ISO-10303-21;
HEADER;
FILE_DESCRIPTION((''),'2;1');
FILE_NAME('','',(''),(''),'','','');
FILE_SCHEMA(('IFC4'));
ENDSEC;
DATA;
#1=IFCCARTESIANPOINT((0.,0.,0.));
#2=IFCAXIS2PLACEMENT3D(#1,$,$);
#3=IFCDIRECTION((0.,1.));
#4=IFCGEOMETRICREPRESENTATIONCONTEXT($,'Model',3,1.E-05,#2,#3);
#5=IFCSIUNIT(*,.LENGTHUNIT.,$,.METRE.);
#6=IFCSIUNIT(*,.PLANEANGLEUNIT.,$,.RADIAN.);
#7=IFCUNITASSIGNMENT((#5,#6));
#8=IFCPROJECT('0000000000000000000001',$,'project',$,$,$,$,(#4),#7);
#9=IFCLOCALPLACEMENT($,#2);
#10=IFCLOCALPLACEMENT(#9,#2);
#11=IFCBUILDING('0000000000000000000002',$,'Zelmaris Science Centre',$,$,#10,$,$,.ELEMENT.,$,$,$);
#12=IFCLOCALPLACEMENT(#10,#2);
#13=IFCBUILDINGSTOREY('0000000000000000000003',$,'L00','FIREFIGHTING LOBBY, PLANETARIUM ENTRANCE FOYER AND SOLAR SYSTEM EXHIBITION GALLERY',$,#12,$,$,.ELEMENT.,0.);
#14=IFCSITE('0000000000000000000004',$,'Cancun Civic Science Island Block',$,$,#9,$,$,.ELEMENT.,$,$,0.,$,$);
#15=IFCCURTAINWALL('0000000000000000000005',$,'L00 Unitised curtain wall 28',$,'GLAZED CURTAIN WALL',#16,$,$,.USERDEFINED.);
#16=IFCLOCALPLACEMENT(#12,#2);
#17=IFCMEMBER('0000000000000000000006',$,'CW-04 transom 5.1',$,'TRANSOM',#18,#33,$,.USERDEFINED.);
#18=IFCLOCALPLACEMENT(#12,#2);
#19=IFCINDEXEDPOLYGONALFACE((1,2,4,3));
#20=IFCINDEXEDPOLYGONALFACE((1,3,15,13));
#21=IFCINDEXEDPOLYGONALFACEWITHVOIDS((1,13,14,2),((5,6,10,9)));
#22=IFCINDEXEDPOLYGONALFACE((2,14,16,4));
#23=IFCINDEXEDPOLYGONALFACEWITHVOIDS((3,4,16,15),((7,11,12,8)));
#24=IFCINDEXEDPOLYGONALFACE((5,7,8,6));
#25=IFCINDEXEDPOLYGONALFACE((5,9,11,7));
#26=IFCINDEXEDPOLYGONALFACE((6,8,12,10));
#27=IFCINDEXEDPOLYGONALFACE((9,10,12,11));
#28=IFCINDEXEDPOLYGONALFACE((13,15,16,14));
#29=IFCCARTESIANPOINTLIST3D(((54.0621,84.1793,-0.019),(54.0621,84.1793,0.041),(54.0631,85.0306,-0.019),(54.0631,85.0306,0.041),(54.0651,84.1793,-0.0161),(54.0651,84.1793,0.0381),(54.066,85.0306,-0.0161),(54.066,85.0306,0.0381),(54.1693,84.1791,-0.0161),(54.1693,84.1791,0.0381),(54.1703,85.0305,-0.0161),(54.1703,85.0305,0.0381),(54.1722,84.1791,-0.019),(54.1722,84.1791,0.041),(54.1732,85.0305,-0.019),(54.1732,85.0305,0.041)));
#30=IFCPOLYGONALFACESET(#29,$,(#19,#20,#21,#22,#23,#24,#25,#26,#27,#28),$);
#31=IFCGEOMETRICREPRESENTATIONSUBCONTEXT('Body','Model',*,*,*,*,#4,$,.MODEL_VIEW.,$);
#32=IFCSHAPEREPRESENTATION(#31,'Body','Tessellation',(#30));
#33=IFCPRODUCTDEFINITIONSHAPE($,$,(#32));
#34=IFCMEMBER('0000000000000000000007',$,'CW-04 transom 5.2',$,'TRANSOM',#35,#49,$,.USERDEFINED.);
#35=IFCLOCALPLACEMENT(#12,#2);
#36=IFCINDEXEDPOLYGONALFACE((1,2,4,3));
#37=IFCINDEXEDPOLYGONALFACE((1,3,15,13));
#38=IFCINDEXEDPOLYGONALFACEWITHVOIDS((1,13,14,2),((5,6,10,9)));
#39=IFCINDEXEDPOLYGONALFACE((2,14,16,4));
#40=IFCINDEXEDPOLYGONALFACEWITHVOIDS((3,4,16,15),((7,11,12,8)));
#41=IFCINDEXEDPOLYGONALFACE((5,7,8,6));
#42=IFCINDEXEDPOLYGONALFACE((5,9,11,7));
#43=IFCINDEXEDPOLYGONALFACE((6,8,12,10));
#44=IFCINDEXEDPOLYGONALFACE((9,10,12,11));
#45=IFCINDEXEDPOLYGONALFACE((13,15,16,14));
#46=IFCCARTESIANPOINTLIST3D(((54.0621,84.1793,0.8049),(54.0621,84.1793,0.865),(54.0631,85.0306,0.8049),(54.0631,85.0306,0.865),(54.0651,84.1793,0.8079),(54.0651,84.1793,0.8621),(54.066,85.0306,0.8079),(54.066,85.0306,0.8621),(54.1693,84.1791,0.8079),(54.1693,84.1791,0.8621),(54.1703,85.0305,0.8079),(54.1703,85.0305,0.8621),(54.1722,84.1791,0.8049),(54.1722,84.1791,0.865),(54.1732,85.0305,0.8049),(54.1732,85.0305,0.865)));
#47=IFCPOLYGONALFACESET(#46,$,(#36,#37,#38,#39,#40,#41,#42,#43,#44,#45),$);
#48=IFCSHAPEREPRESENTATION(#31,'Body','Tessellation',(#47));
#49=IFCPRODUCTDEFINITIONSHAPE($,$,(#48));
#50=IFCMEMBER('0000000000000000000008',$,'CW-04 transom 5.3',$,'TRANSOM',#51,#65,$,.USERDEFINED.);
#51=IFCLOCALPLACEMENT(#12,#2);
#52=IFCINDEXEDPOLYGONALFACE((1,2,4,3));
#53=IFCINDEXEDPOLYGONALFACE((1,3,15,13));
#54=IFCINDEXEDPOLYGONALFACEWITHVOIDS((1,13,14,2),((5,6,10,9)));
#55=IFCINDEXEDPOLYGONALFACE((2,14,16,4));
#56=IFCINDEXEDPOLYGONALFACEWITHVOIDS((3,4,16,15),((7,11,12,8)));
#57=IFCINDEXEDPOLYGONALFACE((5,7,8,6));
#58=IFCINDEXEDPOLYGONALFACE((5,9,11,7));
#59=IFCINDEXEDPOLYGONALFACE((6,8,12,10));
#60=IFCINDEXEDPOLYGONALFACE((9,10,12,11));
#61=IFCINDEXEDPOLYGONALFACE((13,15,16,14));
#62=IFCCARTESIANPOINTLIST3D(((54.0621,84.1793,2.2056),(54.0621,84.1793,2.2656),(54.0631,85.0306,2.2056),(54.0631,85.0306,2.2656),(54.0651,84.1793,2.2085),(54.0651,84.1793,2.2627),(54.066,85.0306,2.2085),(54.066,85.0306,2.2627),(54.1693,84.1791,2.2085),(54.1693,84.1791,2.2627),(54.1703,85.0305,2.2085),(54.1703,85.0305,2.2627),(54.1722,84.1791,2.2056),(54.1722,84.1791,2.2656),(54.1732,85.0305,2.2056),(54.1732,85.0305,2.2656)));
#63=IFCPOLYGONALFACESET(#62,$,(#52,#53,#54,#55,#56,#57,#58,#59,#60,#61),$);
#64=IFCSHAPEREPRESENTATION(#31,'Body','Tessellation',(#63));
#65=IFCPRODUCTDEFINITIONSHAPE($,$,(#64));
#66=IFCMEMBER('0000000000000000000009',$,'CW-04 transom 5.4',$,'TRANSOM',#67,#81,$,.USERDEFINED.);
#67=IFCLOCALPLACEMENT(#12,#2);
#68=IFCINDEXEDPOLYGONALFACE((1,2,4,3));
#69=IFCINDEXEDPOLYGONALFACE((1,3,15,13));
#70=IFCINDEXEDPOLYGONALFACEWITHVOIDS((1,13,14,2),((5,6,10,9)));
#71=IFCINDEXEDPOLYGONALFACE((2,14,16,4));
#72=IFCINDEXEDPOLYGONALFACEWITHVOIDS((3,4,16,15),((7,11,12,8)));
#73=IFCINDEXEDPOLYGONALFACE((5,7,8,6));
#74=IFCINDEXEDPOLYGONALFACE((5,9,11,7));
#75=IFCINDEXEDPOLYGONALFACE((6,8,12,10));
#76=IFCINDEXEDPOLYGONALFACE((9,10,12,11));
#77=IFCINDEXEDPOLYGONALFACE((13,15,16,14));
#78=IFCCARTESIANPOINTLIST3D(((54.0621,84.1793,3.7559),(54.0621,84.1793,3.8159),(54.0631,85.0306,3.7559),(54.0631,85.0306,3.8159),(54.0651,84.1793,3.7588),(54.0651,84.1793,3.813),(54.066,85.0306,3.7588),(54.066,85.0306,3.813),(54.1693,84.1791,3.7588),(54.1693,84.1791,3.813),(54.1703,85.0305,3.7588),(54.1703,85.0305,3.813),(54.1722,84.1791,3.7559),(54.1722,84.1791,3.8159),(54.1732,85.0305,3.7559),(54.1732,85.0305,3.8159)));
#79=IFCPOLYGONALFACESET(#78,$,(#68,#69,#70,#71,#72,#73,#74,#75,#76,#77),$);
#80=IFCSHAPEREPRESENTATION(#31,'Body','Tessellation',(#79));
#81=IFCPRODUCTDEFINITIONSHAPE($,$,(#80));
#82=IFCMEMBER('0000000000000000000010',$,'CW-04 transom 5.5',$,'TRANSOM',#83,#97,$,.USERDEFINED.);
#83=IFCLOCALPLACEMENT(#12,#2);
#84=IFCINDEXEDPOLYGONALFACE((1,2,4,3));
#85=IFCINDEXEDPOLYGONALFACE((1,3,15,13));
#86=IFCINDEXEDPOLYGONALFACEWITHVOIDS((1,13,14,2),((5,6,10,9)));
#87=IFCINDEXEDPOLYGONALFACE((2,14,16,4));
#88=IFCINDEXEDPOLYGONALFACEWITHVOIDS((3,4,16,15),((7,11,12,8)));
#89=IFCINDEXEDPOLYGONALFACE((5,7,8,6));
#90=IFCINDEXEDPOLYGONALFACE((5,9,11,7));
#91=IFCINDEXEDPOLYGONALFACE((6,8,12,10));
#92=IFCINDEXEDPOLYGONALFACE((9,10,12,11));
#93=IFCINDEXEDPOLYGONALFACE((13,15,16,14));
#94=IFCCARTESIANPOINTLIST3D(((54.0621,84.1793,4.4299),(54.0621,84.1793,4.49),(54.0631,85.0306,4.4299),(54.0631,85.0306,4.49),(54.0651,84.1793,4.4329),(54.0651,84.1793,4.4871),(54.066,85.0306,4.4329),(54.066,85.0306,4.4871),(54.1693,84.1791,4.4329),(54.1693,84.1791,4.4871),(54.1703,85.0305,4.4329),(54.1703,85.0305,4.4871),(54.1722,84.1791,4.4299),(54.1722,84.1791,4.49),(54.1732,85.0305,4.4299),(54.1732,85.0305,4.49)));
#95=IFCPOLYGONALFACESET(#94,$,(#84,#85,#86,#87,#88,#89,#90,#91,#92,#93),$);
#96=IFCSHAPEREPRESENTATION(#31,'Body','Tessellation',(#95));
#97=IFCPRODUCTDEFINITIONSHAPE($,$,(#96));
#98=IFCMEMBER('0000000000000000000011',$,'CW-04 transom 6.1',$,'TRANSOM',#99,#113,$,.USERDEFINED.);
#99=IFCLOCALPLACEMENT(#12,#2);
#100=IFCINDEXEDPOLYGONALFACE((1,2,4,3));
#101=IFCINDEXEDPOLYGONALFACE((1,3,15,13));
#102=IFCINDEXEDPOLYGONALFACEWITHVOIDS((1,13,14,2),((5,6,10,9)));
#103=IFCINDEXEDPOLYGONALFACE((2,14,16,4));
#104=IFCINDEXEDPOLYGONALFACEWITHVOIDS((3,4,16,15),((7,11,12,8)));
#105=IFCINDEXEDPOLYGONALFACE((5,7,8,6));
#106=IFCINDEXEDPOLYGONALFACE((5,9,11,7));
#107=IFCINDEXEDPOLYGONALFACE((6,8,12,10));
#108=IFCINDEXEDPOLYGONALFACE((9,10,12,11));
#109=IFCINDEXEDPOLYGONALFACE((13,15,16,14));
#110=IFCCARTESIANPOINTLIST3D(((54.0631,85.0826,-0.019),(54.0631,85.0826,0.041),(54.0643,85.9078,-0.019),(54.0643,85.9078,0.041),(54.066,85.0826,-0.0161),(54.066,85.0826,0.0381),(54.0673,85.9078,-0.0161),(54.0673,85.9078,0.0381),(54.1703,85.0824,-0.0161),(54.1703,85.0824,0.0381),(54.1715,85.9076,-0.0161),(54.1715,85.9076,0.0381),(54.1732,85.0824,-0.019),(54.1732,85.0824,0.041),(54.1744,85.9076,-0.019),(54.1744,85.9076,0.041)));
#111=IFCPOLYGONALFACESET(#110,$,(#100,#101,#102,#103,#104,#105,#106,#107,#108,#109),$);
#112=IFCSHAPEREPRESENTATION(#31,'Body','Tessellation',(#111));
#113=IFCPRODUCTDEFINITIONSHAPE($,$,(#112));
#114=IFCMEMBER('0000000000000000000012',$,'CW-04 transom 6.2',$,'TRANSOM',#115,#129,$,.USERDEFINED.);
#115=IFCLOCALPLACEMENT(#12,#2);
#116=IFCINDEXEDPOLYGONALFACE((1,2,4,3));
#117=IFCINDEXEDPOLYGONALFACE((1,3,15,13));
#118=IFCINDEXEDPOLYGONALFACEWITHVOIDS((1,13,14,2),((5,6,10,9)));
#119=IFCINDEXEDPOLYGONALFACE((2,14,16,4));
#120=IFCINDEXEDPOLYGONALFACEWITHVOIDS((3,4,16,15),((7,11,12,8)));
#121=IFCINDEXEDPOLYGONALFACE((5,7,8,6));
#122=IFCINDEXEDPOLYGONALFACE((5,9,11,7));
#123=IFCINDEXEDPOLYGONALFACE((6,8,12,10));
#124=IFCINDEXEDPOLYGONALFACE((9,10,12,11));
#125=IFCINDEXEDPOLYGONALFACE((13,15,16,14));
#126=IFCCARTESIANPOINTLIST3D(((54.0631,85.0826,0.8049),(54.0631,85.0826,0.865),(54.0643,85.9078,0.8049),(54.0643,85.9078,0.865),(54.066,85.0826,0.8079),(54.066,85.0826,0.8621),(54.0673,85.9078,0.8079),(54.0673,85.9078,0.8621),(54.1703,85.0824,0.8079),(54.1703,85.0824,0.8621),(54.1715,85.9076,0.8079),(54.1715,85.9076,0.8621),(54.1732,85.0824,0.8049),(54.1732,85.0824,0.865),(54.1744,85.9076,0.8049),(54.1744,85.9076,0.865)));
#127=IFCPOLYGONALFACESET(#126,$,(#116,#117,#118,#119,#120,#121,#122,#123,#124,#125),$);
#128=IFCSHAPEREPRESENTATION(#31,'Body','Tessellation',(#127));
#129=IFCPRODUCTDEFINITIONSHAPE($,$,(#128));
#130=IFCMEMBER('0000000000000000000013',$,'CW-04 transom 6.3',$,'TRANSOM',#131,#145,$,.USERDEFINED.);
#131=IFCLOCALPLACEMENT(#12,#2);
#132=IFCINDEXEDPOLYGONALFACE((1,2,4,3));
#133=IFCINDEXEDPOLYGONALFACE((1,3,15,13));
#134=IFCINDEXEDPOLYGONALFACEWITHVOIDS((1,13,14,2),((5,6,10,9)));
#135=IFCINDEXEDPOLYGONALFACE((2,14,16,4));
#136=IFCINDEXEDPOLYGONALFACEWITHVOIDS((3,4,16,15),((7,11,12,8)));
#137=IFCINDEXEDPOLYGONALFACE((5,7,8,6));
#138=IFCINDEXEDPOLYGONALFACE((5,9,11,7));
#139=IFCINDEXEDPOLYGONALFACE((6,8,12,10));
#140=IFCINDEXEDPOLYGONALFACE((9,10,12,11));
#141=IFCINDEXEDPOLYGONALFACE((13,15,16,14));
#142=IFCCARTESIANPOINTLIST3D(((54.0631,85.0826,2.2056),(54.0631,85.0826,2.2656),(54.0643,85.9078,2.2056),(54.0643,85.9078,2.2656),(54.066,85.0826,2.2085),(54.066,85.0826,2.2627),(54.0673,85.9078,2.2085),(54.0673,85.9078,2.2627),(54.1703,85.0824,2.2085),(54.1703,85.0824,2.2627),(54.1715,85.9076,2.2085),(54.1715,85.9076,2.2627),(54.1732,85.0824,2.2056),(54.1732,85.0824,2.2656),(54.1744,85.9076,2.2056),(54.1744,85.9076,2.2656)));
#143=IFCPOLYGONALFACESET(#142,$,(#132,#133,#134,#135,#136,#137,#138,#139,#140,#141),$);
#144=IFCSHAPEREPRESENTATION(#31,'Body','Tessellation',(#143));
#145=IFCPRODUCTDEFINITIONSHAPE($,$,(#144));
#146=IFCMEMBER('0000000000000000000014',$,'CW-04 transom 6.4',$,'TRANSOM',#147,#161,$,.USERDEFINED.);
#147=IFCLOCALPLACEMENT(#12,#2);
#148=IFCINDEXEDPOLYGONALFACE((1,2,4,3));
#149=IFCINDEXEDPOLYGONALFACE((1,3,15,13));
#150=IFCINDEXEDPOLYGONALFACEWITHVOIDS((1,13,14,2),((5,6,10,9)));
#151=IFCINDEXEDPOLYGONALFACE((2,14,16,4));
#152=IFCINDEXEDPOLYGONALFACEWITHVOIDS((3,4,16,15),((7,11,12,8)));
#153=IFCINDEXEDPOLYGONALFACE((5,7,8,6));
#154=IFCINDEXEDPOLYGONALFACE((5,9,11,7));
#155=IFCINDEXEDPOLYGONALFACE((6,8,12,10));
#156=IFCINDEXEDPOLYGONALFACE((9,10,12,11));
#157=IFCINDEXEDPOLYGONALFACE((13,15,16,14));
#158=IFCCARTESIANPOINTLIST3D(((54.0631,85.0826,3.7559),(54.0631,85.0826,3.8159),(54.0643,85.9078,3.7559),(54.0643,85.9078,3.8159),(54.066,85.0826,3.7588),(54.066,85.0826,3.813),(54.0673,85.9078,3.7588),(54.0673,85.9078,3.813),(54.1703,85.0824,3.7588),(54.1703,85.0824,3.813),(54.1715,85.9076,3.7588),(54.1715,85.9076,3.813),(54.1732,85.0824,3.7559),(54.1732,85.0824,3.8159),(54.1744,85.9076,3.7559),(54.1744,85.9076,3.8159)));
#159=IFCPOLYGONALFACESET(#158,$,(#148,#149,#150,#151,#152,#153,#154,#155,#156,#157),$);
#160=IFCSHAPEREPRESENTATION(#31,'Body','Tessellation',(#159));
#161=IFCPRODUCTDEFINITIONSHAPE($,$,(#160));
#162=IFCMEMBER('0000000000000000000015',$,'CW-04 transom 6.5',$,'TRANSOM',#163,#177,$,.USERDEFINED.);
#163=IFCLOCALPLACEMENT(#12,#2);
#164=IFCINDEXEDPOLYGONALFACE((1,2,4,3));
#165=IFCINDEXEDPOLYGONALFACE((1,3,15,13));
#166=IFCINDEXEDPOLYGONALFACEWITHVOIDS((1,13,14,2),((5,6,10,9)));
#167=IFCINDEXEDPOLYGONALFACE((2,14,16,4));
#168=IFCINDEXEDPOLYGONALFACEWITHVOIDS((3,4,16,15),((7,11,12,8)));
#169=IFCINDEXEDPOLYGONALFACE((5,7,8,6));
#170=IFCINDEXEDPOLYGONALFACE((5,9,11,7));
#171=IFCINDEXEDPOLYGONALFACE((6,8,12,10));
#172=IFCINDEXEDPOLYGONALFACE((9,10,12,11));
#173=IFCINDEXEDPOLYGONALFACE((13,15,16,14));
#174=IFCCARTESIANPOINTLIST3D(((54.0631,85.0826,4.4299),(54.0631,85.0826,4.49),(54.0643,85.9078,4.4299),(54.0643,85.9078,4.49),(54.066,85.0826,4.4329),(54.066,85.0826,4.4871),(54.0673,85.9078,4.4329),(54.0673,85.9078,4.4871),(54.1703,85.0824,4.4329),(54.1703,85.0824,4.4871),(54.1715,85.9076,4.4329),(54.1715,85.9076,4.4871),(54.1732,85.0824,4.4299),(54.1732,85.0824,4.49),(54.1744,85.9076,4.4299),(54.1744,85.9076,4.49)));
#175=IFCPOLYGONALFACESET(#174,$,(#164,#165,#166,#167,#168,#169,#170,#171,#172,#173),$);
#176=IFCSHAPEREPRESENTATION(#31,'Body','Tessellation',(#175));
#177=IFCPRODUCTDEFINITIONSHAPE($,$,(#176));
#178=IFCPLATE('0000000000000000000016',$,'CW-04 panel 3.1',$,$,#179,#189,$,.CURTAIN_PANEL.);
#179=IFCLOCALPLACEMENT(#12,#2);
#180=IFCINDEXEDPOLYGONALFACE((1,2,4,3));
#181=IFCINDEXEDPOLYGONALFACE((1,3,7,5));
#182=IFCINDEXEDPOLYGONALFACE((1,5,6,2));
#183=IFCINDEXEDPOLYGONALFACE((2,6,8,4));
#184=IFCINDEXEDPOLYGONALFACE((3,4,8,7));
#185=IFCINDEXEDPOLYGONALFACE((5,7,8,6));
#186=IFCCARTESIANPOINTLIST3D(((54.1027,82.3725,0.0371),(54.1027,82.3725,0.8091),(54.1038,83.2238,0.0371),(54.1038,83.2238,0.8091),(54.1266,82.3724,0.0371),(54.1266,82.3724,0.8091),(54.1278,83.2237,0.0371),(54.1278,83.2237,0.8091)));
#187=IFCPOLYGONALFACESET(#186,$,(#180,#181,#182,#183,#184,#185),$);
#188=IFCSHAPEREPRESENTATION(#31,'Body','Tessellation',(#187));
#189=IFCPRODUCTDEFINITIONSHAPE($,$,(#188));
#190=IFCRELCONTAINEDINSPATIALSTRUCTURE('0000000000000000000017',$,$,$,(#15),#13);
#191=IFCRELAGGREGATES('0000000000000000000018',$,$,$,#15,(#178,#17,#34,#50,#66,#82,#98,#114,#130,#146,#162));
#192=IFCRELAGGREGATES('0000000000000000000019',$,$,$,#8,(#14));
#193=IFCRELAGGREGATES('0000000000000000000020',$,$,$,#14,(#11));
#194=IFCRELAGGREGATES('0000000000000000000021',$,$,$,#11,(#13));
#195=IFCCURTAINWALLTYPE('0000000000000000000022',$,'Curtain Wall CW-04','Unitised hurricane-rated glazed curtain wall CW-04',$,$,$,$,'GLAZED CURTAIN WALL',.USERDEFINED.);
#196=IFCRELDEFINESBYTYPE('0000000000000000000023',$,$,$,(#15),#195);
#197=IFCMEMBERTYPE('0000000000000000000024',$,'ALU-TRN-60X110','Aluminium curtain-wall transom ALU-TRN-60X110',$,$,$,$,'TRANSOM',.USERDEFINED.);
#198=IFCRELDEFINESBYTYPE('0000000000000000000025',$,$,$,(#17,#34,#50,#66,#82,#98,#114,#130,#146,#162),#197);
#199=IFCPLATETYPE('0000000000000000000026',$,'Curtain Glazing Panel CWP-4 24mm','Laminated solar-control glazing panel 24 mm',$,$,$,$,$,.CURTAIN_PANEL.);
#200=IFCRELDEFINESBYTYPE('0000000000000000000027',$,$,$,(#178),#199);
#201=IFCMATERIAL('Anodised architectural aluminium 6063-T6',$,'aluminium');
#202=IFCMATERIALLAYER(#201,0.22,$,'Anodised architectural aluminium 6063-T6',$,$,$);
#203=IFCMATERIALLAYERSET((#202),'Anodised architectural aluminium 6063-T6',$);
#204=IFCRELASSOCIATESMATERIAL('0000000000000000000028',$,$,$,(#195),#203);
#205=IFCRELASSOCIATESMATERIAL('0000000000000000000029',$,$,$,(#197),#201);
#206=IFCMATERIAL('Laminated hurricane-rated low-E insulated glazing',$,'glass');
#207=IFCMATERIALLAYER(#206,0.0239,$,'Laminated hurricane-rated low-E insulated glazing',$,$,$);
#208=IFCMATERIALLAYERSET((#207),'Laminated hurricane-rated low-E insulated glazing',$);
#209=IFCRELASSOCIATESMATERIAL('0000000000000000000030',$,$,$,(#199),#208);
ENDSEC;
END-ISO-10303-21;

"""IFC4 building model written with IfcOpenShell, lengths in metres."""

from ifc_helpers import new_model, si_unit, direction, frame, origin, origin_2d, place, context, subcontext, project, spatial, rectangle, hollow_rectangle, extrude, material, layer, layer_set, material_profile, profile_set, type_object, element, aggregate, save


model = new_model("IFC4")

# Units and contexts
model_context = context("Model", 3, precision=1e-05, world=origin(), true_north=direction((0.0, 1.0)))
body_context = subcontext(model_context, "Body", "Model", "MODEL_VIEW")
ifc_project = project(units=[si_unit("LENGTHUNIT", "METRE"), si_unit("PLANEANGLEUNIT", "RADIAN")], contexts=[model_context])

# Site, building, storey
site_placement = place(None, origin())
site = spatial("IfcSite", under=ifc_project, at=site_placement, Name="Cancun Civic Science Island Block", CompositionType="ELEMENT", RefElevation=0.0)
building_placement = place(site_placement, origin())
building = spatial("IfcBuilding", under=site, at=building_placement, Name="Zelmaris Science Centre", CompositionType="ELEMENT")
storey_placement = place(building_placement, origin())
storey = spatial("IfcBuildingStorey", under=building, at=storey_placement, Name="L00", Description="FIREFIGHTING LOBBY, PLANETARIUM ENTRANCE FOYER AND SOLAR SYSTEM EXHIBITION GALLERY", CompositionType="ELEMENT", Elevation=0.0)

# Curtain wall, members, plate
ifc_material_1 = material(Name="Anodised architectural aluminium 6063-T6", Category="aluminium")
ifc_layer_1 = layer(ifc_material_1, 0.22, Name="Anodised architectural aluminium 6063-T6")
ifc_layer_set_1 = layer_set([ifc_layer_1], Name="Anodised architectural aluminium 6063-T6")
curtain_wall_type = type_object("IfcCurtainWallType", Name="Curtain Wall CW-04", Description="Unitised hurricane-rated glazed curtain wall CW-04", ElementType="GLAZED CURTAIN WALL", PredefinedType="USERDEFINED", material=ifc_layer_set_1)
curtain_wall_placement = place(storey_placement, origin())
curtain_wall = element("IfcCurtainWall", 1, at=curtain_wall_placement, inside=storey, type_object=curtain_wall_type, Name="L00 Unitised curtain wall 28", ObjectType="GLAZED CURTAIN WALL", PredefinedType="USERDEFINED")
ifc_material_profile_1 = material_profile(ifc_material_1, hollow_rectangle(XDim=0.0601, YDim=0.1101, WallThickness=0.0029, at=origin_2d()), Name="ALU-TRN-60X110")
ifc_profile_set_1 = profile_set([ifc_material_profile_1], Name="Anodised architectural aluminium 6063-T6")
member_type_1 = type_object("IfcMemberType", Name="ALU-TRN-60X110", Description="Aluminium curtain-wall transom ALU-TRN-60X110", ElementType="TRANSOM", PredefinedType="USERDEFINED", material=ifc_profile_set_1)
member_1_placement = place(storey_placement, frame((54.1172, 84.1792, 0.011), z_axis=(0.001147, 0.999999, 0.0), x_axis=(0.0, 0.0, 1.0)))
member_1 = element("IfcMember", 2, at=member_1_placement, type_object=member_type_1, Name="CW-04 transom 5.1", ObjectType="TRANSOM", PredefinedType="USERDEFINED", context=body_context, shape_type="SweptSolid", body=[
    extrude(hollow_rectangle(XDim=0.0601, YDim=0.1101, WallThickness=0.0029, at=origin_2d()), origin(), (0.0, 0.0, 1.0), 0.8513),
])
member_2_placement = place(storey_placement, frame((54.1172, 84.1792, 0.835), z_axis=(0.001147, 0.999999, 0.0), x_axis=(0.0, 0.0, 1.0)))
member_2 = element("IfcMember", 3, at=member_2_placement, type_object=member_type_1, Name="CW-04 transom 5.2", ObjectType="TRANSOM", PredefinedType="USERDEFINED", context=body_context, shape_type="SweptSolid", body=[
    extrude(hollow_rectangle(XDim=0.0601, YDim=0.1101, WallThickness=0.0029, at=origin_2d()), origin(), (0.0, 0.0, 1.0), 0.8513),
])
member_3_placement = place(storey_placement, frame((54.1172, 84.1792, 2.2356), z_axis=(0.001147, 0.999999, 0.0), x_axis=(0.0, 0.0, 1.0)))
member_3 = element("IfcMember", 4, at=member_3_placement, type_object=member_type_1, Name="CW-04 transom 5.3", ObjectType="TRANSOM", PredefinedType="USERDEFINED", context=body_context, shape_type="SweptSolid", body=[
    extrude(hollow_rectangle(XDim=0.0601, YDim=0.1101, WallThickness=0.0029, at=origin_2d()), origin(), (0.0, 0.0, 1.0), 0.8513),
])
member_4_placement = place(storey_placement, frame((54.1172, 84.1792, 3.7859), z_axis=(0.001147, 0.999999, 0.0), x_axis=(0.0, 0.0, 1.0)))
member_4 = element("IfcMember", 5, at=member_4_placement, type_object=member_type_1, Name="CW-04 transom 5.4", ObjectType="TRANSOM", PredefinedType="USERDEFINED", context=body_context, shape_type="SweptSolid", body=[
    extrude(hollow_rectangle(XDim=0.0601, YDim=0.1101, WallThickness=0.0029, at=origin_2d()), origin(), (0.0, 0.0, 1.0), 0.8513),
])
member_5_placement = place(storey_placement, frame((54.1172, 84.1792, 4.46), z_axis=(0.001147, 0.999999, 0.0), x_axis=(0.0, 0.0, 1.0)))
member_5 = element("IfcMember", 6, at=member_5_placement, type_object=member_type_1, Name="CW-04 transom 5.5", ObjectType="TRANSOM", PredefinedType="USERDEFINED", context=body_context, shape_type="SweptSolid", body=[
    extrude(hollow_rectangle(XDim=0.0601, YDim=0.1101, WallThickness=0.0029, at=origin_2d()), origin(), (0.0, 0.0, 1.0), 0.8513),
])
member_6_placement = place(storey_placement, frame((54.1182, 85.0825, 0.011), z_axis=(0.001479, 0.999999, 0.0), x_axis=(0.0, 0.0, 1.0)))
member_6 = element("IfcMember", 7, at=member_6_placement, type_object=member_type_1, Name="CW-04 transom 6.1", ObjectType="TRANSOM", PredefinedType="USERDEFINED", context=body_context, shape_type="SweptSolid", body=[
    extrude(hollow_rectangle(XDim=0.0601, YDim=0.1101, WallThickness=0.0029, at=origin_2d()), origin(), (0.0, 0.0, 1.0), 0.8252),
])
member_7_placement = place(storey_placement, frame((54.1182, 85.0825, 0.835), z_axis=(0.001479, 0.999999, 0.0), x_axis=(0.0, 0.0, 1.0)))
member_7 = element("IfcMember", 8, at=member_7_placement, type_object=member_type_1, Name="CW-04 transom 6.2", ObjectType="TRANSOM", PredefinedType="USERDEFINED", context=body_context, shape_type="SweptSolid", body=[
    extrude(hollow_rectangle(XDim=0.0601, YDim=0.1101, WallThickness=0.0029, at=origin_2d()), origin(), (0.0, 0.0, 1.0), 0.8252),
])
member_8_placement = place(storey_placement, frame((54.1182, 85.0825, 2.2356), z_axis=(0.001479, 0.999999, 0.0), x_axis=(0.0, 0.0, 1.0)))
member_8 = element("IfcMember", 9, at=member_8_placement, type_object=member_type_1, Name="CW-04 transom 6.3", ObjectType="TRANSOM", PredefinedType="USERDEFINED", context=body_context, shape_type="SweptSolid", body=[
    extrude(hollow_rectangle(XDim=0.0601, YDim=0.1101, WallThickness=0.0029, at=origin_2d()), origin(), (0.0, 0.0, 1.0), 0.8252),
])
member_9_placement = place(storey_placement, frame((54.1182, 85.0825, 3.7859), z_axis=(0.001479, 0.999999, 0.0), x_axis=(0.0, 0.0, 1.0)))
member_9 = element("IfcMember", 10, at=member_9_placement, type_object=member_type_1, Name="CW-04 transom 6.4", ObjectType="TRANSOM", PredefinedType="USERDEFINED", context=body_context, shape_type="SweptSolid", body=[
    extrude(hollow_rectangle(XDim=0.0601, YDim=0.1101, WallThickness=0.0029, at=origin_2d()), origin(), (0.0, 0.0, 1.0), 0.8252),
])
member_10_placement = place(storey_placement, frame((54.1182, 85.0825, 4.46), z_axis=(0.001479, 0.999999, 0.0), x_axis=(0.0, 0.0, 1.0)))
member_10 = element("IfcMember", 11, at=member_10_placement, type_object=member_type_1, Name="CW-04 transom 6.5", ObjectType="TRANSOM", PredefinedType="USERDEFINED", context=body_context, shape_type="SweptSolid", body=[
    extrude(hollow_rectangle(XDim=0.0601, YDim=0.1101, WallThickness=0.0029, at=origin_2d()), origin(), (0.0, 0.0, 1.0), 0.8252),
])
ifc_material_2 = material(Name="Laminated hurricane-rated low-E insulated glazing", Category="glass")
ifc_layer_2 = layer(ifc_material_2, 0.0239, Name="Laminated hurricane-rated low-E insulated glazing")
ifc_layer_set_2 = layer_set([ifc_layer_2], Name="Laminated hurricane-rated low-E insulated glazing")
plate_type = type_object("IfcPlateType", Name="Curtain Glazing Panel CWP-4 24mm", Description="Laminated solar-control glazing panel 24 mm", PredefinedType="CURTAIN_PANEL", material=ifc_layer_set_2)
plate_1_placement = place(storey_placement, frame((54.1152, 82.7981, 0.0371), z_axis=(0.0, 0.0, 1.0), x_axis=(0.00131, 0.999999, 0.0)))
plate_1 = element("IfcPlate", 12, at=plate_1_placement, type_object=plate_type, Name="CW-04 panel 3.1", PredefinedType="CURTAIN_PANEL", context=body_context, shape_type="SweptSolid", body=[
    extrude(rectangle(XDim=0.8513, YDim=0.0239, at=origin_2d()), origin(), (0.0, 0.0, 1.0), 0.772),
])
aggregate(curtain_wall, [plate_1, member_1, member_2, member_3, member_4, member_5, member_6, member_7, member_8, member_9, member_10])

save(model, "model.ifc")
